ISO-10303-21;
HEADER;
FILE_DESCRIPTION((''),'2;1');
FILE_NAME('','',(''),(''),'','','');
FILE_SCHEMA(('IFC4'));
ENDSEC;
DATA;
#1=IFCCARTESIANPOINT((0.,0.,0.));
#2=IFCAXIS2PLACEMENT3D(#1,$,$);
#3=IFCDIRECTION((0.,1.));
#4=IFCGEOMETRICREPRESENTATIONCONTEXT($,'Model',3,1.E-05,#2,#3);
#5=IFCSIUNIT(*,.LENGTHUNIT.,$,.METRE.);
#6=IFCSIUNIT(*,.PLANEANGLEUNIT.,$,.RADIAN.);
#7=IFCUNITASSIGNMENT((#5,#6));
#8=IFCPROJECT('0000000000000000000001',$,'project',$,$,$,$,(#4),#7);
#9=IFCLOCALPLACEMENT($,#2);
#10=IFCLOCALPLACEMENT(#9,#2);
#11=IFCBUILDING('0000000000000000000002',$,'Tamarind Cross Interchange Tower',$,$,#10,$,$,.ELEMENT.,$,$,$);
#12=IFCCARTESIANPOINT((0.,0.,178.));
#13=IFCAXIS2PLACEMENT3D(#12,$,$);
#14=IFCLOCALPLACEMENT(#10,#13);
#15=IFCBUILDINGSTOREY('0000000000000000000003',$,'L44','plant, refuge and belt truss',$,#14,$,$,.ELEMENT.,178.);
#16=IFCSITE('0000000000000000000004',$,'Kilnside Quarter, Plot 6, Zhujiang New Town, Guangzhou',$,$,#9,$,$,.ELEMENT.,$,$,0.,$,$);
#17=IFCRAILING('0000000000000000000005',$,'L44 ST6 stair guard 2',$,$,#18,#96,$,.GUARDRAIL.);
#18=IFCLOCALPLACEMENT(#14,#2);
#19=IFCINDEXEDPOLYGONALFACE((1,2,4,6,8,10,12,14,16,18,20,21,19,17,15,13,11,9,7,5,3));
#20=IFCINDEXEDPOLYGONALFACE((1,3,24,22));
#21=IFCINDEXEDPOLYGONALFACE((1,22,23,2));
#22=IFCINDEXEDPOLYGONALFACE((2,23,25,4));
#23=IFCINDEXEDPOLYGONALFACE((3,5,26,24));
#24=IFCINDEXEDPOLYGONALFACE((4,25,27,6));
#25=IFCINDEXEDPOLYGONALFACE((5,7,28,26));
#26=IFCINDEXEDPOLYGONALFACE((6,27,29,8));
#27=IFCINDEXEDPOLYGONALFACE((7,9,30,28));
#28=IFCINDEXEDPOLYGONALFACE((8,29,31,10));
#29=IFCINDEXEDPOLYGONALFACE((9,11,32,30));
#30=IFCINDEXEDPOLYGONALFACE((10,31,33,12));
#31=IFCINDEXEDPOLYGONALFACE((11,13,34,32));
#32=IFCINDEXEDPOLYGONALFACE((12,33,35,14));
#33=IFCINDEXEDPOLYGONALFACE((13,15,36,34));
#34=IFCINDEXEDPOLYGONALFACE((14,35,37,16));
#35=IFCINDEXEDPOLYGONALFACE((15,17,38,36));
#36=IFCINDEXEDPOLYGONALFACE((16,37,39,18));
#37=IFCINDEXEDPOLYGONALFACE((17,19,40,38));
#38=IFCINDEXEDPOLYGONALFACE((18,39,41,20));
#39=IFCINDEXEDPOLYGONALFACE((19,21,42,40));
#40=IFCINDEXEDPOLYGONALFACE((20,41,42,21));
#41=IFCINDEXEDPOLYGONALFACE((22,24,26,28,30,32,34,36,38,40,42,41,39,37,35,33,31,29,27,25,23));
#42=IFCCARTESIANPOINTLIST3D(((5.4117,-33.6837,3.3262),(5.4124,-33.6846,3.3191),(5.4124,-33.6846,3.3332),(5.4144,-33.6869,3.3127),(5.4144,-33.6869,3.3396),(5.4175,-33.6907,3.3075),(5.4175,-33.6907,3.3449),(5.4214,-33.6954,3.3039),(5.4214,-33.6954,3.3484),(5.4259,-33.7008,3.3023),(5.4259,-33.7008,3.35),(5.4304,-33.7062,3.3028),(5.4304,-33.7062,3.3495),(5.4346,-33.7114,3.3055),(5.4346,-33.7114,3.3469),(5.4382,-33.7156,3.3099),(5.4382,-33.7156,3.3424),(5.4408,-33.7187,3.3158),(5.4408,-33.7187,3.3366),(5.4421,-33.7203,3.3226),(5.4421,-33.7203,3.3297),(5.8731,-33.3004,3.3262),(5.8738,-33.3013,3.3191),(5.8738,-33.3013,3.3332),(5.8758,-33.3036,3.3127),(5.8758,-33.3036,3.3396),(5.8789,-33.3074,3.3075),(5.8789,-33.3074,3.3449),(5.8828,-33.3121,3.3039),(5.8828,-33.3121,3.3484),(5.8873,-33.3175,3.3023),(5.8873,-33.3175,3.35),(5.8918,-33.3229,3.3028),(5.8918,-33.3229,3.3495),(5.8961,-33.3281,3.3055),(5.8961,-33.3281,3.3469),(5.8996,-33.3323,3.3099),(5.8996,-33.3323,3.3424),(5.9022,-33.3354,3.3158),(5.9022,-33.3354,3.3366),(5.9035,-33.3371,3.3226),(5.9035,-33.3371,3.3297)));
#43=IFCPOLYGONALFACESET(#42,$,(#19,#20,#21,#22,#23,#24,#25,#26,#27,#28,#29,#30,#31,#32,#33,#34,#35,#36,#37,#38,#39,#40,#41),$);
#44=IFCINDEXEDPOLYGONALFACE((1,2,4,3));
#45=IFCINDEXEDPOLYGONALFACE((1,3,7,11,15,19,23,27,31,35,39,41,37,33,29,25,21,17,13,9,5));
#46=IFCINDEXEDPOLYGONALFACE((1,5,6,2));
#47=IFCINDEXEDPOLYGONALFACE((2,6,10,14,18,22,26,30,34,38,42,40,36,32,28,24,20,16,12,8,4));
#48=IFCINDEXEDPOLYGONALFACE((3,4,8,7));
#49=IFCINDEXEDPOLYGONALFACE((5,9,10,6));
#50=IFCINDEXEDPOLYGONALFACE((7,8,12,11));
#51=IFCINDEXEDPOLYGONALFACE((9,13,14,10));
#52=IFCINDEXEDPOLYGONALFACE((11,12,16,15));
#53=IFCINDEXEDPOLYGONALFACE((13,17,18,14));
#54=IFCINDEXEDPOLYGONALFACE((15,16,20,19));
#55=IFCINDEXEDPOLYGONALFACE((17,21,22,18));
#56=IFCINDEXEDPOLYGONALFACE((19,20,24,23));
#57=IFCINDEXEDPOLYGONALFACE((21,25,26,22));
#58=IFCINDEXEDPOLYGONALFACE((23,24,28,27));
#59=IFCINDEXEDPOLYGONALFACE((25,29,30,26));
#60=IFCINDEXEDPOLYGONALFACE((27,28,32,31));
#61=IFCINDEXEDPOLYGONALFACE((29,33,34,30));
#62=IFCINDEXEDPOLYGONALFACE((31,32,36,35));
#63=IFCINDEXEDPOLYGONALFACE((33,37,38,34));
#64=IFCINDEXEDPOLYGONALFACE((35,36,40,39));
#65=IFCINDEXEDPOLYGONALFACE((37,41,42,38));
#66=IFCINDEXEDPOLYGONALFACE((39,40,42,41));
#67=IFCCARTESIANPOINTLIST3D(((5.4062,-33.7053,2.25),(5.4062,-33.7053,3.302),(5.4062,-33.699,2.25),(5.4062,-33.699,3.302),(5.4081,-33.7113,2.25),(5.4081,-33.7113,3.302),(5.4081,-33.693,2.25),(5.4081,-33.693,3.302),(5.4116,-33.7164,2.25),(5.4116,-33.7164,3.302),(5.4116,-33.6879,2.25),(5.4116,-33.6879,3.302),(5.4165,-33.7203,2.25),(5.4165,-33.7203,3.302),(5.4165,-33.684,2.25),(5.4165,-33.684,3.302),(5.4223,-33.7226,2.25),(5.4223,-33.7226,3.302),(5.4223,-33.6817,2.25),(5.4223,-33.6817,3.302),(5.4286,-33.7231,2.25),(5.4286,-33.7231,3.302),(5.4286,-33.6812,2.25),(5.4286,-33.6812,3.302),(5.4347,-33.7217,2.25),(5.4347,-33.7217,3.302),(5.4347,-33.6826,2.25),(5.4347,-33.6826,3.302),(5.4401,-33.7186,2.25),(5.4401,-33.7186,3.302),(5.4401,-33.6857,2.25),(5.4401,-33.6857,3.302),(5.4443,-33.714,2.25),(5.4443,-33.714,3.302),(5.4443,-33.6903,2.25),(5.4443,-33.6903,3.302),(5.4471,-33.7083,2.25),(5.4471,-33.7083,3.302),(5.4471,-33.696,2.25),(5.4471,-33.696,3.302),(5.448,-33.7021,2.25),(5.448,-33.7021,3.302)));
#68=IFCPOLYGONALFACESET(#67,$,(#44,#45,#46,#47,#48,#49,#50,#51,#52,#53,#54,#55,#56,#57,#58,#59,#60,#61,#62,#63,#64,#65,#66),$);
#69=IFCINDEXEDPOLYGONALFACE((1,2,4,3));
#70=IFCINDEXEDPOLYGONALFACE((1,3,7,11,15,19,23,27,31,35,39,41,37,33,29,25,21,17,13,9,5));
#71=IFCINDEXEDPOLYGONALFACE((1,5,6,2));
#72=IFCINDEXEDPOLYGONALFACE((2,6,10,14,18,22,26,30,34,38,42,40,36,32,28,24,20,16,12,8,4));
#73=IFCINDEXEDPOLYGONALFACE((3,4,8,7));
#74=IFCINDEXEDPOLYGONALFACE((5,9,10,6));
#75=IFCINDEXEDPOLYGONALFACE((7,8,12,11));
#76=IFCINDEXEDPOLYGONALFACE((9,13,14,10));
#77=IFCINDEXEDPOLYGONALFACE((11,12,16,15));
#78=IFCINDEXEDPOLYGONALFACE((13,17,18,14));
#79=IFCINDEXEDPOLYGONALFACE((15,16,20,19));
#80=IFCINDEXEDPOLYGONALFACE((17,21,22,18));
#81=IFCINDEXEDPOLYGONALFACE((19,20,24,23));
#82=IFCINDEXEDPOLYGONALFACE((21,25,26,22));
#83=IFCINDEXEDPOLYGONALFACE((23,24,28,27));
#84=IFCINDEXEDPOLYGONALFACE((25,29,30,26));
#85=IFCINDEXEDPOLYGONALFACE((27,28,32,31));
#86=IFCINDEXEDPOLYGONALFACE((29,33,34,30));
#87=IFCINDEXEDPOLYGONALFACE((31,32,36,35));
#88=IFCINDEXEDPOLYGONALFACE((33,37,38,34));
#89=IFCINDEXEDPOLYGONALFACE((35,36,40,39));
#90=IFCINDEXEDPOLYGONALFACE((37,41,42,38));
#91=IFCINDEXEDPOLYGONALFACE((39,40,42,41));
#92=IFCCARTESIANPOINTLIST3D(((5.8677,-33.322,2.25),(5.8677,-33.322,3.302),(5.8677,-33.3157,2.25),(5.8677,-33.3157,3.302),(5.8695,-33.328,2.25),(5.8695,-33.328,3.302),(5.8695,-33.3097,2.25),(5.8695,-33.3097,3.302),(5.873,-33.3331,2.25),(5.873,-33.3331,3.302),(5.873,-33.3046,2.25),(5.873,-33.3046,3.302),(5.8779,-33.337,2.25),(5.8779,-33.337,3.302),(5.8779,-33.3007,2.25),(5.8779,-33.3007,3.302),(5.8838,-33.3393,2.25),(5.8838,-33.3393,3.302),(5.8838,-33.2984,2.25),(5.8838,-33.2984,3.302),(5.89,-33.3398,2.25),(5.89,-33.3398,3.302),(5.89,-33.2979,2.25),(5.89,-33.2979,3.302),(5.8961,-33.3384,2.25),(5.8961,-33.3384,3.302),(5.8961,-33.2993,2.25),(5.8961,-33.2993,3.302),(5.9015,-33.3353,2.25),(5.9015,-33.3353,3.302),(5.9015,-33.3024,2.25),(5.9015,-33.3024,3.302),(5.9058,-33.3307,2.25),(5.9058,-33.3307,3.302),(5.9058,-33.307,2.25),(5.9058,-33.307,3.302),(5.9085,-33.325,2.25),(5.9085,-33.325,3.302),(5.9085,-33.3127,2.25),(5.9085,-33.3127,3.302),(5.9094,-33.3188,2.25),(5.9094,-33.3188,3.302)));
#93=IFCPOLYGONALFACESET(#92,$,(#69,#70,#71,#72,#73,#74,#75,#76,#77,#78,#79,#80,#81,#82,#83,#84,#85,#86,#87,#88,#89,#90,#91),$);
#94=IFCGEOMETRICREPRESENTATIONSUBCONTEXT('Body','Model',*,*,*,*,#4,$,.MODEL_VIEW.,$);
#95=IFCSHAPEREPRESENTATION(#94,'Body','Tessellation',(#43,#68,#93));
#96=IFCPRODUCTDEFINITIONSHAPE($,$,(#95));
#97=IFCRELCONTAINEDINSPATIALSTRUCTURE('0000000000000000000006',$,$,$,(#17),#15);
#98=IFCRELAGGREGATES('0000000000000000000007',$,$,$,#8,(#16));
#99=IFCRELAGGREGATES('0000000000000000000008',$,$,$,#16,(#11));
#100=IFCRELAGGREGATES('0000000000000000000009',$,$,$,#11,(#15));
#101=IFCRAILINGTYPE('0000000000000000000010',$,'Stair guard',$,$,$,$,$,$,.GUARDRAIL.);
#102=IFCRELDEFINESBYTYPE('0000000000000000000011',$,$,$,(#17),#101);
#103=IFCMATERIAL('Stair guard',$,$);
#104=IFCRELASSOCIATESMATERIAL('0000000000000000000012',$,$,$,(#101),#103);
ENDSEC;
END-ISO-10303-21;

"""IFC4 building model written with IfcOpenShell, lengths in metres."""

from ifc_helpers import new_model, si_unit, direction, frame, origin, origin_2d, place, context, subcontext, project, spatial, circle, extrude, material, type_object, element, save


model = new_model("IFC4")

# Units and contexts
model_context = context("Model", 3, precision=1e-05, world=origin(), true_north=direction((0.0, 1.0)))
body_context = subcontext(model_context, "Body", "Model", "MODEL_VIEW")
ifc_project = project(units=[si_unit("LENGTHUNIT", "METRE"), si_unit("PLANEANGLEUNIT", "RADIAN")], contexts=[model_context])

# Site, building, storey
site_placement = place(None, origin())
site = spatial("IfcSite", under=ifc_project, at=site_placement, Name="Kilnside Quarter, Plot 6, Zhujiang New Town, Guangzhou", CompositionType="ELEMENT", RefElevation=0.0)
building_placement = place(site_placement, origin())
building = spatial("IfcBuilding", under=site, at=building_placement, Name="Tamarind Cross Interchange Tower", CompositionType="ELEMENT")
storey_placement = place(building_placement, frame((0.0, 0.0, 178.0)))
storey = spatial("IfcBuildingStorey", under=building, at=storey_placement, Name="L44", Description="plant, refuge and belt truss", CompositionType="ELEMENT", Elevation=178.0)

# Railing
ifc_material_1 = material(Name="Stair guard")
railing_type_1 = type_object("IfcRailingType", Name="Stair guard", PredefinedType="GUARDRAIL", material=ifc_material_1)
railing_1_placement = place(storey_placement, frame((5.427, -33.7021, 2.25)))
element("IfcRailing", 1, at=railing_1_placement, inside=storey, type_object=railing_type_1, Name="L44 ST6 stair guard 2", PredefinedType="GUARDRAIL", context=body_context, shape_type="SweptSolid", body=[
    extrude(circle(Radius=0.0239, at=origin_2d()), frame((0.0, 0.0, 1.0762), z_axis=(0.769221, 0.638983, 0.0), x_axis=(-0.638983, 0.769221, 0.0)), (0.0, 0.0, 1.0), 0.5999),
    extrude(circle(Radius=0.021, at=origin_2d()), origin(), (0.0, 0.0, 1.0), 1.052),
    extrude(circle(Radius=0.021, at=origin_2d()), frame((0.4614, 0.3833, 0.0)), (0.0, 0.0, 1.0), 1.052),
])

save(model, "model.ifc")
